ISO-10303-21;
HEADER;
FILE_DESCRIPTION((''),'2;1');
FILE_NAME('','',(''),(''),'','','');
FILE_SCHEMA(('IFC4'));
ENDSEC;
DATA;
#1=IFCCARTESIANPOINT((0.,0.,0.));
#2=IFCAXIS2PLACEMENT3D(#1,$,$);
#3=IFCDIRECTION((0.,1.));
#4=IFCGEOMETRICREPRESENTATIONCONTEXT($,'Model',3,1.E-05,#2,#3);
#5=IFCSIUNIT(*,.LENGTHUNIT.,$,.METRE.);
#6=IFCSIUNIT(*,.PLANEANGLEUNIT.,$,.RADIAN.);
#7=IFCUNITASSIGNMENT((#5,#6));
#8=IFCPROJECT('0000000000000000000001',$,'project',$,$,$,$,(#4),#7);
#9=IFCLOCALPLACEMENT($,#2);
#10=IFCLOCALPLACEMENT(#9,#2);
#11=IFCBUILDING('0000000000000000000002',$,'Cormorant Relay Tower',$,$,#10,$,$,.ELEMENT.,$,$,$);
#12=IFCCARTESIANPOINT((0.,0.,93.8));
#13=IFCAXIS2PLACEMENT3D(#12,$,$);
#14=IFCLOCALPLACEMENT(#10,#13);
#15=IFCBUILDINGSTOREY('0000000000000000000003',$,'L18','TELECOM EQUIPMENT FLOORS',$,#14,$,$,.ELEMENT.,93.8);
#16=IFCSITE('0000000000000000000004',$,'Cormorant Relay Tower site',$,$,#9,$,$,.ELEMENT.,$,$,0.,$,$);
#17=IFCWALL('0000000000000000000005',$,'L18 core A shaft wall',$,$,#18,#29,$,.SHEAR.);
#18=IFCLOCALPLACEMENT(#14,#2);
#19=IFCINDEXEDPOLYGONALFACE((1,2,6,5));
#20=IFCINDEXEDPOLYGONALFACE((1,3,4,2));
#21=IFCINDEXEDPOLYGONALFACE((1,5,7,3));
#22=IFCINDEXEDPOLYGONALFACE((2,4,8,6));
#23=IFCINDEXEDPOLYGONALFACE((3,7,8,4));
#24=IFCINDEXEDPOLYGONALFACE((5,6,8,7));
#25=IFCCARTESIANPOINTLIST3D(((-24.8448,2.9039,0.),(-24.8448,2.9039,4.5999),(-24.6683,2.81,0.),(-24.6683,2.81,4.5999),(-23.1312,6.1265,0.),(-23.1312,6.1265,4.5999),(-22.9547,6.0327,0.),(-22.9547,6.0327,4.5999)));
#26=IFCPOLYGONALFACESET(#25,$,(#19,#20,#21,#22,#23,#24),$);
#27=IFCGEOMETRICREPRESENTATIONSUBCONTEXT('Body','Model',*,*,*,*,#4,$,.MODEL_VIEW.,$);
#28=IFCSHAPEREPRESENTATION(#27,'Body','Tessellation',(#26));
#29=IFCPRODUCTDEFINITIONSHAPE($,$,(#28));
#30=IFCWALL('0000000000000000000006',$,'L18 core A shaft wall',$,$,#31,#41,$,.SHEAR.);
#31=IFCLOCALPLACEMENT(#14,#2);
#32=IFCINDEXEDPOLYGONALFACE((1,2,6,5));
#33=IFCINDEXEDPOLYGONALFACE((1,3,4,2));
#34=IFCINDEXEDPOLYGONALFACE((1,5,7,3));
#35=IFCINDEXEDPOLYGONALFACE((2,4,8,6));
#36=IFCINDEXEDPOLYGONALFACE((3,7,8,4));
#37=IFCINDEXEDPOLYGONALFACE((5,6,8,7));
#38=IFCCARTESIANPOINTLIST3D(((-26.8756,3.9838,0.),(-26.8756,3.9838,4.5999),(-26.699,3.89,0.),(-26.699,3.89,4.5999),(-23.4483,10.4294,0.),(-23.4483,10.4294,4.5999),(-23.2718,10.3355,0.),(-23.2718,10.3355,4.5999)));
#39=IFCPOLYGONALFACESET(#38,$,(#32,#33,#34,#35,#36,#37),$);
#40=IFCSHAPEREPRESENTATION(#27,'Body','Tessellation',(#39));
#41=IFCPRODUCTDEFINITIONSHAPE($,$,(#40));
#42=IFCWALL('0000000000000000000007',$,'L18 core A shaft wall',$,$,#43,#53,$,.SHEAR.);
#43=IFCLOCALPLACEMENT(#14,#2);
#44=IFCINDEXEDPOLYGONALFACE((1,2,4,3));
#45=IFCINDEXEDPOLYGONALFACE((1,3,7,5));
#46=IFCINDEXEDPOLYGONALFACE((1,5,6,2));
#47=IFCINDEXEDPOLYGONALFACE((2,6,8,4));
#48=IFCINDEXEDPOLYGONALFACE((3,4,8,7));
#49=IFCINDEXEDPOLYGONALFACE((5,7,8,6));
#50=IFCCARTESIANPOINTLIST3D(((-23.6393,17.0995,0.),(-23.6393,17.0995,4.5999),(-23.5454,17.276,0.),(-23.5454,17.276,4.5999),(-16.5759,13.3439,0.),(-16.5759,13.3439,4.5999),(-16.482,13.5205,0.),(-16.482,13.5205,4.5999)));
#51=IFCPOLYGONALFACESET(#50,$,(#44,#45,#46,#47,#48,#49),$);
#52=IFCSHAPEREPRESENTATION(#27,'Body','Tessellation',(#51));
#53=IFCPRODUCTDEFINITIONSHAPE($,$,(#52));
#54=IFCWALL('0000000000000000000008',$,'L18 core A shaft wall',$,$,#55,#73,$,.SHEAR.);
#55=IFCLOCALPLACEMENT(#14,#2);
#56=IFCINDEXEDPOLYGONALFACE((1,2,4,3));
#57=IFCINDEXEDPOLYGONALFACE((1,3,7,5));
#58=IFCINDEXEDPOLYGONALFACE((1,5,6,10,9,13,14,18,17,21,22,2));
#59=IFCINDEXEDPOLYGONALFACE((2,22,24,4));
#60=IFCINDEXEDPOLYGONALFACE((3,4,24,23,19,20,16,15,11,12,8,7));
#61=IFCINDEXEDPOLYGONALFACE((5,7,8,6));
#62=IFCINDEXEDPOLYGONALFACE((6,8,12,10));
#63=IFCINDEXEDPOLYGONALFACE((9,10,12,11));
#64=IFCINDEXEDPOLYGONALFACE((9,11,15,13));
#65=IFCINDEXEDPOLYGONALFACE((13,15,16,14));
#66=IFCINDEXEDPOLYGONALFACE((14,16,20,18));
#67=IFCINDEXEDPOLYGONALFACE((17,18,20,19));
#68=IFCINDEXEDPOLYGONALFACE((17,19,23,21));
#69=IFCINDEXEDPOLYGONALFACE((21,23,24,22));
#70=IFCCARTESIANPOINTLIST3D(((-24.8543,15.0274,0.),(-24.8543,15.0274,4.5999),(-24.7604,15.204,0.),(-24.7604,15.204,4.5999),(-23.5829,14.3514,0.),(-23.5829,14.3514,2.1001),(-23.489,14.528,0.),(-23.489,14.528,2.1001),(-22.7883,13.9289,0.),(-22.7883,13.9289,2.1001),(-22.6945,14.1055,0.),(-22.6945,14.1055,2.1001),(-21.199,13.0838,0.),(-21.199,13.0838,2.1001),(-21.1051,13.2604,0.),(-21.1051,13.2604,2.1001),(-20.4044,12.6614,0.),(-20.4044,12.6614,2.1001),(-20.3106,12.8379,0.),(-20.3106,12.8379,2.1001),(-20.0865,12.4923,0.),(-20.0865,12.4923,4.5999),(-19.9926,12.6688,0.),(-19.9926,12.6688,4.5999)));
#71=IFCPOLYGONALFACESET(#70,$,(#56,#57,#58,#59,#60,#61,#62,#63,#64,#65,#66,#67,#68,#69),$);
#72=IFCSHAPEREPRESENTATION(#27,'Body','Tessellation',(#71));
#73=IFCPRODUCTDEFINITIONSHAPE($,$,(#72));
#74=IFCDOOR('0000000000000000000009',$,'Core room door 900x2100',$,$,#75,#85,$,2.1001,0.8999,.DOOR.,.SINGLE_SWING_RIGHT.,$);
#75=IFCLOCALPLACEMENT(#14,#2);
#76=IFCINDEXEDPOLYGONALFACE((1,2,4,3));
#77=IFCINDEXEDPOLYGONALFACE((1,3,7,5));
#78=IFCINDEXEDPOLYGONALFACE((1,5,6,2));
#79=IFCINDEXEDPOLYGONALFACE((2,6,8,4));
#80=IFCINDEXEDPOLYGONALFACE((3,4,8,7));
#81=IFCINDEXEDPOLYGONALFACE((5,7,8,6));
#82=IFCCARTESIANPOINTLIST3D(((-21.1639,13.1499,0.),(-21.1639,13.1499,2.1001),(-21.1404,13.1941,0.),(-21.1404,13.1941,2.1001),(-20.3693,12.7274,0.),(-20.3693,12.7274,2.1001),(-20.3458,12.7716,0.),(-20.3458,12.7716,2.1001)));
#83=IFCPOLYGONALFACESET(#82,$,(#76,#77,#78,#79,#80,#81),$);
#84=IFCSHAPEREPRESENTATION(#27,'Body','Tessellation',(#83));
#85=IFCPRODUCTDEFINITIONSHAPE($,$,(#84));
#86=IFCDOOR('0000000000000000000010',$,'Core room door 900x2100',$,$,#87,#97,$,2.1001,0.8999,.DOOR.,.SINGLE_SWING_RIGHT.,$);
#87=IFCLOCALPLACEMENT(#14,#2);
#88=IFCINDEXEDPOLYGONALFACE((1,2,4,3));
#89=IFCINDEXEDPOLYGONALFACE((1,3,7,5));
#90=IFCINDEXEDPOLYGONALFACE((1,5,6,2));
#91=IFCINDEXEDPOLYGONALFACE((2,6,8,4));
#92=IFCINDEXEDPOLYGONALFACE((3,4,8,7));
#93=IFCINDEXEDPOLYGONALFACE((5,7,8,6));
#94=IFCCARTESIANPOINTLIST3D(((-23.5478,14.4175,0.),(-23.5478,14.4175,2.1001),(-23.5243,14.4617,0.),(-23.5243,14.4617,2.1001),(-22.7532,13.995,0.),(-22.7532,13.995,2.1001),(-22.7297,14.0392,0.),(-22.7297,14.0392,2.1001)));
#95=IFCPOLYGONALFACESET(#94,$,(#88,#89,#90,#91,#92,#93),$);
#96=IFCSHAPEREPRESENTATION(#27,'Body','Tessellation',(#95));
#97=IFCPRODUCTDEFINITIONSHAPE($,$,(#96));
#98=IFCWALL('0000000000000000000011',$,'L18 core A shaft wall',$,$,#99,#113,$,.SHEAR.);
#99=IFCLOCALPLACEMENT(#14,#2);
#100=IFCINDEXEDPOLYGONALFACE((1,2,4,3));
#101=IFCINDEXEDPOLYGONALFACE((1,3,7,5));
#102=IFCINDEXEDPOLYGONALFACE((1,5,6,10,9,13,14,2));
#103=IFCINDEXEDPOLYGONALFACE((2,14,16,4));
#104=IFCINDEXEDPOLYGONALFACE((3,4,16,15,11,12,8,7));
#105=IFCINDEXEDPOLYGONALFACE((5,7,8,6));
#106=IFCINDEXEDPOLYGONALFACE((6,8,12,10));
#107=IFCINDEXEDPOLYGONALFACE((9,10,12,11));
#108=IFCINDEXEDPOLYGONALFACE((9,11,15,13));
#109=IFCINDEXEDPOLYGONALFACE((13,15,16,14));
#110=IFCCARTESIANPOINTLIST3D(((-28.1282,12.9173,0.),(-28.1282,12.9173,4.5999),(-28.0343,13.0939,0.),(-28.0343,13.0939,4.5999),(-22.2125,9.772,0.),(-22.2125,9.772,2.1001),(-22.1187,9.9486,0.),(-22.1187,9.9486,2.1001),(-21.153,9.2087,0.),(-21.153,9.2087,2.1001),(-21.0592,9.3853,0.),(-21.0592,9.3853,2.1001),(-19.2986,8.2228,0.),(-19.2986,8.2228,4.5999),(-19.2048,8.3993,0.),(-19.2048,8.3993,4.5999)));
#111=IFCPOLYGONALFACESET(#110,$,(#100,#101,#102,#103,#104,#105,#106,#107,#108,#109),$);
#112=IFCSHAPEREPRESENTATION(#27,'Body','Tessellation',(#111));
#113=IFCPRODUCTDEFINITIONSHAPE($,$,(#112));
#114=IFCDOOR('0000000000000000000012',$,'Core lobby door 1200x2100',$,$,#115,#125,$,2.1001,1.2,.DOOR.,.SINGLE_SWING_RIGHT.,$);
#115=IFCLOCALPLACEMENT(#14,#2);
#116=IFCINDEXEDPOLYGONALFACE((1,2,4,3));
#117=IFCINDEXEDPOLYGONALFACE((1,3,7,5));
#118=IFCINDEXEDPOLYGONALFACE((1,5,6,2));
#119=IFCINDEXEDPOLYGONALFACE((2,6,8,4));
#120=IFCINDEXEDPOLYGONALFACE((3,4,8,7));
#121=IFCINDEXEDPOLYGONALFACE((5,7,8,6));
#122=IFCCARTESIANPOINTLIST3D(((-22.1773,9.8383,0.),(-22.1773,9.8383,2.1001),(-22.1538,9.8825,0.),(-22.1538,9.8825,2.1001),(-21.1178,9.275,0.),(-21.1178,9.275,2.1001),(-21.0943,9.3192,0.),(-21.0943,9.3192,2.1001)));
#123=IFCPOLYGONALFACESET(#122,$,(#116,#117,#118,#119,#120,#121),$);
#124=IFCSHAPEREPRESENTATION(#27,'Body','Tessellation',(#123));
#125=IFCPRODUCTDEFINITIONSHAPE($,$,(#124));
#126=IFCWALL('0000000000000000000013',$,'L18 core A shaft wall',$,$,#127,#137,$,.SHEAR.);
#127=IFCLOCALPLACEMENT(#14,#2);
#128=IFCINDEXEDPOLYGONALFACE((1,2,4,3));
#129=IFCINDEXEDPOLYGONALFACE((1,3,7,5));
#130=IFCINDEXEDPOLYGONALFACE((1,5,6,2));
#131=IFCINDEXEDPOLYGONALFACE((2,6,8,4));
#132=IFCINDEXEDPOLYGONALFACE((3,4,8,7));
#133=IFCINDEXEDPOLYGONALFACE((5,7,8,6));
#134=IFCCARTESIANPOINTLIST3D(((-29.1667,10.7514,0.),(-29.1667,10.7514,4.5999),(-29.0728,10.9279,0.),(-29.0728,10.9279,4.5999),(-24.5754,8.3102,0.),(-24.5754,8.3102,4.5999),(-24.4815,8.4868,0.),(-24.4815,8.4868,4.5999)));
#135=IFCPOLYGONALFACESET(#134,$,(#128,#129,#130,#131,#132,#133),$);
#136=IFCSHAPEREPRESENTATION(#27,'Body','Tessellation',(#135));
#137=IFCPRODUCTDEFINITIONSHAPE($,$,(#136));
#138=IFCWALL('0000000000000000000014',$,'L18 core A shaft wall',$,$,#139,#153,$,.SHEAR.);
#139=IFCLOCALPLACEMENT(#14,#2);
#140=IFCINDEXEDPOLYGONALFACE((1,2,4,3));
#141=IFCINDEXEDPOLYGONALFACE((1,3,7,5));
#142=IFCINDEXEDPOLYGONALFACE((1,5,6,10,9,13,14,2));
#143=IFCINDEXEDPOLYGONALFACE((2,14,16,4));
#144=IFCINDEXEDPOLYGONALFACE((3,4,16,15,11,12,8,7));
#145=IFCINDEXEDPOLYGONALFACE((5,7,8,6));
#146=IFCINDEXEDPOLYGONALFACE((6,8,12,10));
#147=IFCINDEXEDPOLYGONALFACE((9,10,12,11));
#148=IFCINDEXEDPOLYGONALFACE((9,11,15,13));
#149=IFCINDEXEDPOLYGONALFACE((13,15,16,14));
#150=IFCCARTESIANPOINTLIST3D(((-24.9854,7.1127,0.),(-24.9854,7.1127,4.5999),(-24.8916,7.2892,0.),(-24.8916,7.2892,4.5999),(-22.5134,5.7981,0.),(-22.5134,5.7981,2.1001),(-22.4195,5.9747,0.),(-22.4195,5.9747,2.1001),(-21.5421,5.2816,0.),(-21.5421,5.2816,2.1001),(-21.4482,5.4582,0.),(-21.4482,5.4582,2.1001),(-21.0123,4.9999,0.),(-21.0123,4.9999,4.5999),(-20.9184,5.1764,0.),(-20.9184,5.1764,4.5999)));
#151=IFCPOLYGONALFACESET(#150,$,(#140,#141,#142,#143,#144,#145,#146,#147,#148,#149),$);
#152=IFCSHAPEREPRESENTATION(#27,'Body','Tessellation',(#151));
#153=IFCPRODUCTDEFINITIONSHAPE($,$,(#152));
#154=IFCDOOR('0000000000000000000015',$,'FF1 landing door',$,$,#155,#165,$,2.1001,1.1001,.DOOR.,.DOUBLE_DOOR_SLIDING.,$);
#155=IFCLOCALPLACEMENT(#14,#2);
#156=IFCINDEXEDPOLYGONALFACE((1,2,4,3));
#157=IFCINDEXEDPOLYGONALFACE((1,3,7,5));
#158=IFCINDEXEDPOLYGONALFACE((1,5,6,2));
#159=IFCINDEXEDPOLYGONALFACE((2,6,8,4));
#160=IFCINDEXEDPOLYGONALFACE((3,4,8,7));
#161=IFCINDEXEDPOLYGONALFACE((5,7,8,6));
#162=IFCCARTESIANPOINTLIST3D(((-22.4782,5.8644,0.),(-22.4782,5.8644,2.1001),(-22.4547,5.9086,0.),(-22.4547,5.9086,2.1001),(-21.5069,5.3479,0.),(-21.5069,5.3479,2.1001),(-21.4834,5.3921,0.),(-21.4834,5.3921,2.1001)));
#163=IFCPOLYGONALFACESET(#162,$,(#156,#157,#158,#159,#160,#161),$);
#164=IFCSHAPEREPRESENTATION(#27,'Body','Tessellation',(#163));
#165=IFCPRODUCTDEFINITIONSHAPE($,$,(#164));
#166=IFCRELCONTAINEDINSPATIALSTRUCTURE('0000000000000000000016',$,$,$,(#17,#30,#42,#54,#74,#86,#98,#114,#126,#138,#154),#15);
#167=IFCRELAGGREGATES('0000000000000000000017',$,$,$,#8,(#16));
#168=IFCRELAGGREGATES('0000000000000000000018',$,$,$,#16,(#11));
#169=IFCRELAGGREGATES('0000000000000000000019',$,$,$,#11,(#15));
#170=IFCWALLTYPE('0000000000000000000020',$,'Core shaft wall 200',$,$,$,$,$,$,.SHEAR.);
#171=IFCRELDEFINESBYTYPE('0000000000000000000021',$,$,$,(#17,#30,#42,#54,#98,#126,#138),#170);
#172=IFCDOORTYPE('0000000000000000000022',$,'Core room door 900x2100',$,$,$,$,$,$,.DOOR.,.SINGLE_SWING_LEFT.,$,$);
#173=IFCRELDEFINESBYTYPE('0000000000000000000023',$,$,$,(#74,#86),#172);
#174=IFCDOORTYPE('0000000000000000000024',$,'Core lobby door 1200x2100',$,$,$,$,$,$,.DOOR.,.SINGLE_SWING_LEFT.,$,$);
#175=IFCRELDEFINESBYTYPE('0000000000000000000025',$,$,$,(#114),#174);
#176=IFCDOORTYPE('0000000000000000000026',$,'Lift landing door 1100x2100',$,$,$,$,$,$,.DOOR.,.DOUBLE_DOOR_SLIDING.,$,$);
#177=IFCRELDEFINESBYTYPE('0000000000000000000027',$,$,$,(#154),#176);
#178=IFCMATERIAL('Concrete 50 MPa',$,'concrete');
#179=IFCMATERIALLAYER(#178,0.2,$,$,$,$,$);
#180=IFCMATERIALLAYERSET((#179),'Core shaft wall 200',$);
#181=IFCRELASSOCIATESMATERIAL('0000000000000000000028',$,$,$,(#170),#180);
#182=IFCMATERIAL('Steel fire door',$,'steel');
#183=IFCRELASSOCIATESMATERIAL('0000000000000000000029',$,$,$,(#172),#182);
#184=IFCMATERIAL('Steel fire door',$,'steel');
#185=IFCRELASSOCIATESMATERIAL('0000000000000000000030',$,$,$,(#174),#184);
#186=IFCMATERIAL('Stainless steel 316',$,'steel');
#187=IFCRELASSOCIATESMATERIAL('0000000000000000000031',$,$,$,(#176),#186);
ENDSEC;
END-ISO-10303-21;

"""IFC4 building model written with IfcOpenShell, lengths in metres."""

from ifc_helpers import new_model, si_unit, direction, frame, frame_2d, origin, place, context, subcontext, project, spatial, rectangle, extrude, material, layer, layer_set, type_object, element, fill, save


model = new_model("IFC4")

# Units and contexts
model_context = context("Model", 3, precision=1e-05, world=origin(), true_north=direction((0.0, 1.0)))
body_context = subcontext(model_context, "Body", "Model", "MODEL_VIEW")
ifc_project = project(units=[si_unit("LENGTHUNIT", "METRE"), si_unit("PLANEANGLEUNIT", "RADIAN")], contexts=[model_context])

# Site, building, storey
site_placement = place(None, origin())
site = spatial("IfcSite", under=ifc_project, at=site_placement, Name="Cormorant Relay Tower site", CompositionType="ELEMENT", RefElevation=0.0)
building_placement = place(site_placement, origin())
building = spatial("IfcBuilding", under=site, at=building_placement, Name="Cormorant Relay Tower", CompositionType="ELEMENT")
storey_placement = place(building_placement, frame((0.0, 0.0, 93.8)))
storey = spatial("IfcBuildingStorey", under=building, at=storey_placement, Name="L18", Description="TELECOM EQUIPMENT FLOORS", CompositionType="ELEMENT", Elevation=93.8)

# Walls
ifc_material_1 = material(Name="Concrete 50 MPa", Category="concrete")
ifc_layer_1 = layer(ifc_material_1, 0.2)
ifc_layer_set_1 = layer_set([ifc_layer_1], Name="Core shaft wall 200")
wall_type_1 = type_object("IfcWallType", Name="Core shaft wall 200", PredefinedType="SHEAR", material=ifc_layer_set_1)
wall_1_placement = place(storey_placement, frame((-23.043, 6.0796, 0.0), z_axis=(0.0, 0.0, 1.0), x_axis=(-0.469494, -0.882936, 0.0)))
element("IfcWall", 1, at=wall_1_placement, inside=storey, type_object=wall_type_1, Name="L18 core A shaft wall", PredefinedType="SHEAR", context=body_context, shape_type="SweptSolid", body=[
    extrude(rectangle(XDim=3.6499, YDim=0.2, at=frame_2d((1.825, 0.0))), origin(), (0.0, 0.0, 1.0), 4.5999),
])
wall_2_placement = place(storey_placement, frame((-23.3601, 10.3823, 0.0), z_axis=(0.0, 0.0, 1.0), x_axis=(-0.46948, -0.882943, 0.0)))
element("IfcWall", 2, at=wall_2_placement, inside=storey, type_object=wall_type_1, Name="L18 core A shaft wall", PredefinedType="SHEAR", context=body_context, shape_type="SweptSolid", body=[
    extrude(rectangle(XDim=7.3, YDim=0.2, at=frame_2d((3.6499, 0.0))), origin(), (0.0, 0.0, 1.0), 4.5999),
])
wall_3_placement = place(storey_placement, frame((-16.5288, 13.4321, 0.0), z_axis=(0.0, 0.0, 1.0), x_axis=(-0.882953, 0.469462, 0.0)))
element("IfcWall", 3, at=wall_3_placement, inside=storey, type_object=wall_type_1, Name="L18 core A shaft wall", PredefinedType="SHEAR", context=body_context, shape_type="SweptSolid", body=[
    extrude(rectangle(XDim=7.9998, YDim=0.2, at=frame_2d((4.0, 0.0))), origin(), (0.0, 0.0, 1.0), 4.5999),
])

# Wall, openings, doors
wall_4_placement = place(storey_placement, frame((-20.0396, 12.5806, 0.0), z_axis=(0.0, 0.0, 1.0), x_axis=(-0.882943, 0.46948, 0.0)))
wall_4 = element("IfcWall", 4, at=wall_4_placement, inside=storey, type_object=wall_type_1, Name="L18 core A shaft wall", PredefinedType="SHEAR", context=body_context, shape_type="SweptSolid", body=[
    extrude(rectangle(XDim=5.3999, YDim=0.2, at=frame_2d((2.7, 0.0))), origin(), (0.0, 0.0, 1.0), 4.5999),
])
opening_1_placement = place(wall_4_placement, frame((0.3601, 0.0, 0.0)))
opening_1 = element("IfcOpeningElement", 5, at=opening_1_placement, cuts=wall_4, PredefinedType="OPENING", context=body_context, shape_type="SweptSolid", body=[
    extrude(rectangle(XDim=0.8999, YDim=2.1001, at=frame_2d((0.45, 1.05))), frame((0.0, 0.1099, 0.0), z_axis=(0.0, -1.0, 0.0), x_axis=(1.0, 0.0, 0.0)), (0.0, 0.0, 1.0), 0.22),
])
opening_2_placement = place(wall_4_placement, frame((3.0601, 0.0, 0.0)))
opening_2 = element("IfcOpeningElement", 6, at=opening_2_placement, cuts=wall_4, PredefinedType="OPENING", context=body_context, shape_type="SweptSolid", body=[
    extrude(rectangle(XDim=0.8999, YDim=2.1001, at=frame_2d((0.45, 1.05))), frame((0.0, 0.1099, 0.0), z_axis=(0.0, -1.0, 0.0), x_axis=(1.0, 0.0, 0.0)), (0.0, 0.0, 1.0), 0.22),
])
ifc_material_2 = material(Name="Steel fire door", Category="steel")
door_type_1 = type_object("IfcDoorType", Name="Core room door 900x2100", OperationType="SINGLE_SWING_LEFT", PredefinedType="DOOR", material=ifc_material_2)
door_1_placement = place(opening_1_placement, frame((0.8999, 0.0, 0.0), z_axis=(0.0, 0.0, 1.0), x_axis=(-1.0, 0.0, 0.0)))
door_1 = element("IfcDoor", 7, at=door_1_placement, inside=storey, type_object=door_type_1, Name="Core room door 900x2100", OperationType="SINGLE_SWING_RIGHT", OverallHeight=2.1001, OverallWidth=0.8999, PredefinedType="DOOR", context=body_context, shape_type="SweptSolid", body=[
    extrude(rectangle(XDim=0.8999, YDim=2.1001, at=frame_2d((0.45, 1.05))), frame((0.0, 0.0249, 0.0), z_axis=(0.0, -1.0, 0.0), x_axis=(1.0, 0.0, 0.0)), (0.0, 0.0, 1.0), 0.05),
])
fill(opening_1, door_1)
door_2_placement = place(opening_2_placement, frame((0.8999, 0.0, 0.0), z_axis=(0.0, 0.0, 1.0), x_axis=(-1.0, 0.0, 0.0)))
door_2 = element("IfcDoor", 8, at=door_2_placement, inside=storey, type_object=door_type_1, Name="Core room door 900x2100", OperationType="SINGLE_SWING_RIGHT", OverallHeight=2.1001, OverallWidth=0.8999, PredefinedType="DOOR", context=body_context, shape_type="SweptSolid", body=[
    extrude(rectangle(XDim=0.8999, YDim=2.1001, at=frame_2d((0.45, 1.05))), frame((0.0, 0.0249, 0.0), z_axis=(0.0, -1.0, 0.0), x_axis=(1.0, 0.0, 0.0)), (0.0, 0.0, 1.0), 0.05),
])
fill(opening_2, door_2)

# Wall, opening, door
wall_5_placement = place(storey_placement, frame((-19.2517, 8.311, 0.0), z_axis=(0.0, 0.0, 1.0), x_axis=(-0.882956, 0.469456, 0.0)))
wall_5 = element("IfcWall", 9, at=wall_5_placement, inside=storey, type_object=wall_type_1, Name="L18 core A shaft wall", PredefinedType="SHEAR", context=body_context, shape_type="SweptSolid", body=[
    extrude(rectangle(XDim=10.0, YDim=0.2, at=frame_2d((5.0, 0.0))), origin(), (0.0, 0.0, 1.0), 4.5999),
])
opening_3_placement = place(wall_5_placement, frame((2.1001, 0.0, 0.0)))
opening_3 = element("IfcOpeningElement", 10, at=opening_3_placement, cuts=wall_5, PredefinedType="OPENING", context=body_context, shape_type="SweptSolid", body=[
    extrude(rectangle(XDim=1.2, YDim=2.1001, at=frame_2d((0.6001, 1.05))), frame((0.0, 0.1099, 0.0), z_axis=(0.0, -1.0, 0.0), x_axis=(1.0, 0.0, 0.0)), (0.0, 0.0, 1.0), 0.22),
])
ifc_material_3 = material(Name="Steel fire door", Category="steel")
door_type_2 = type_object("IfcDoorType", Name="Core lobby door 1200x2100", OperationType="SINGLE_SWING_LEFT", PredefinedType="DOOR", material=ifc_material_3)
door_3_placement = place(opening_3_placement, origin())
door_3 = element("IfcDoor", 11, at=door_3_placement, inside=storey, type_object=door_type_2, Name="Core lobby door 1200x2100", OperationType="SINGLE_SWING_RIGHT", OverallHeight=2.1001, OverallWidth=1.2, PredefinedType="DOOR", context=body_context, shape_type="SweptSolid", body=[
    extrude(rectangle(XDim=1.2, YDim=2.1001, at=frame_2d((0.6001, 1.05))), frame((0.0, 0.0249, 0.0), z_axis=(0.0, -1.0, 0.0), x_axis=(1.0, 0.0, 0.0)), (0.0, 0.0, 1.0), 0.05),
])
fill(opening_3, door_3)

# Wall
wall_6_placement = place(storey_placement, frame((-24.5283, 8.3984, 0.0), z_axis=(0.0, 0.0, 1.0), x_axis=(-0.882954, 0.46946, 0.0)))
element("IfcWall", 12, at=wall_6_placement, inside=storey, type_object=wall_type_1, Name="L18 core A shaft wall", PredefinedType="SHEAR", context=body_context, shape_type="SweptSolid", body=[
    extrude(rectangle(XDim=5.2, YDim=0.2, at=frame_2d((2.6001, 0.0))), origin(), (0.0, 0.0, 1.0), 4.5999),
])

# Wall, opening, door
wall_7_placement = place(storey_placement, frame((-20.9653, 5.0881, 0.0), z_axis=(0.0, 0.0, 1.0), x_axis=(-0.882926, 0.469512, 0.0)))
wall_7 = element("IfcWall", 13, at=wall_7_placement, inside=storey, type_object=wall_type_1, Name="L18 core A shaft wall", PredefinedType="SHEAR", context=body_context, shape_type="SweptSolid", body=[
    extrude(rectangle(XDim=4.5, YDim=0.2, at=frame_2d((2.25, 0.0))), origin(), (0.0, 0.0, 1.0), 4.5999),
])
opening_4_placement = place(wall_7_placement, frame((0.6001, 0.0, 0.0)))
opening_4 = element("IfcOpeningElement", 14, at=opening_4_placement, cuts=wall_7, PredefinedType="OPENING", context=body_context, shape_type="SweptSolid", body=[
    extrude(rectangle(XDim=1.1001, YDim=2.1001, at=frame_2d((0.55, 1.05))), frame((0.0, 0.1099, 0.0), z_axis=(0.0, -1.0, 0.0), x_axis=(1.0, 0.0, 0.0)), (0.0, 0.0, 1.0), 0.22),
])
ifc_material_4 = material(Name="Stainless steel 316", Category="steel")
door_type_3 = type_object("IfcDoorType", Name="Lift landing door 1100x2100", OperationType="DOUBLE_DOOR_SLIDING", PredefinedType="DOOR", material=ifc_material_4)
door_4_placement = place(opening_4_placement, origin())
door_4 = element("IfcDoor", 15, at=door_4_placement, inside=storey, type_object=door_type_3, Name="FF1 landing door", OperationType="DOUBLE_DOOR_SLIDING", OverallHeight=2.1001, OverallWidth=1.1001, PredefinedType="DOOR", context=body_context, shape_type="SweptSolid", body=[
    extrude(rectangle(XDim=1.1001, YDim=2.1001, at=frame_2d((0.55, 1.05))), frame((0.0, 0.0249, 0.0), z_axis=(0.0, -1.0, 0.0), x_axis=(1.0, 0.0, 0.0)), (0.0, 0.0, 1.0), 0.05),
])
fill(opening_4, door_4)

save(model, "model.ifc")
